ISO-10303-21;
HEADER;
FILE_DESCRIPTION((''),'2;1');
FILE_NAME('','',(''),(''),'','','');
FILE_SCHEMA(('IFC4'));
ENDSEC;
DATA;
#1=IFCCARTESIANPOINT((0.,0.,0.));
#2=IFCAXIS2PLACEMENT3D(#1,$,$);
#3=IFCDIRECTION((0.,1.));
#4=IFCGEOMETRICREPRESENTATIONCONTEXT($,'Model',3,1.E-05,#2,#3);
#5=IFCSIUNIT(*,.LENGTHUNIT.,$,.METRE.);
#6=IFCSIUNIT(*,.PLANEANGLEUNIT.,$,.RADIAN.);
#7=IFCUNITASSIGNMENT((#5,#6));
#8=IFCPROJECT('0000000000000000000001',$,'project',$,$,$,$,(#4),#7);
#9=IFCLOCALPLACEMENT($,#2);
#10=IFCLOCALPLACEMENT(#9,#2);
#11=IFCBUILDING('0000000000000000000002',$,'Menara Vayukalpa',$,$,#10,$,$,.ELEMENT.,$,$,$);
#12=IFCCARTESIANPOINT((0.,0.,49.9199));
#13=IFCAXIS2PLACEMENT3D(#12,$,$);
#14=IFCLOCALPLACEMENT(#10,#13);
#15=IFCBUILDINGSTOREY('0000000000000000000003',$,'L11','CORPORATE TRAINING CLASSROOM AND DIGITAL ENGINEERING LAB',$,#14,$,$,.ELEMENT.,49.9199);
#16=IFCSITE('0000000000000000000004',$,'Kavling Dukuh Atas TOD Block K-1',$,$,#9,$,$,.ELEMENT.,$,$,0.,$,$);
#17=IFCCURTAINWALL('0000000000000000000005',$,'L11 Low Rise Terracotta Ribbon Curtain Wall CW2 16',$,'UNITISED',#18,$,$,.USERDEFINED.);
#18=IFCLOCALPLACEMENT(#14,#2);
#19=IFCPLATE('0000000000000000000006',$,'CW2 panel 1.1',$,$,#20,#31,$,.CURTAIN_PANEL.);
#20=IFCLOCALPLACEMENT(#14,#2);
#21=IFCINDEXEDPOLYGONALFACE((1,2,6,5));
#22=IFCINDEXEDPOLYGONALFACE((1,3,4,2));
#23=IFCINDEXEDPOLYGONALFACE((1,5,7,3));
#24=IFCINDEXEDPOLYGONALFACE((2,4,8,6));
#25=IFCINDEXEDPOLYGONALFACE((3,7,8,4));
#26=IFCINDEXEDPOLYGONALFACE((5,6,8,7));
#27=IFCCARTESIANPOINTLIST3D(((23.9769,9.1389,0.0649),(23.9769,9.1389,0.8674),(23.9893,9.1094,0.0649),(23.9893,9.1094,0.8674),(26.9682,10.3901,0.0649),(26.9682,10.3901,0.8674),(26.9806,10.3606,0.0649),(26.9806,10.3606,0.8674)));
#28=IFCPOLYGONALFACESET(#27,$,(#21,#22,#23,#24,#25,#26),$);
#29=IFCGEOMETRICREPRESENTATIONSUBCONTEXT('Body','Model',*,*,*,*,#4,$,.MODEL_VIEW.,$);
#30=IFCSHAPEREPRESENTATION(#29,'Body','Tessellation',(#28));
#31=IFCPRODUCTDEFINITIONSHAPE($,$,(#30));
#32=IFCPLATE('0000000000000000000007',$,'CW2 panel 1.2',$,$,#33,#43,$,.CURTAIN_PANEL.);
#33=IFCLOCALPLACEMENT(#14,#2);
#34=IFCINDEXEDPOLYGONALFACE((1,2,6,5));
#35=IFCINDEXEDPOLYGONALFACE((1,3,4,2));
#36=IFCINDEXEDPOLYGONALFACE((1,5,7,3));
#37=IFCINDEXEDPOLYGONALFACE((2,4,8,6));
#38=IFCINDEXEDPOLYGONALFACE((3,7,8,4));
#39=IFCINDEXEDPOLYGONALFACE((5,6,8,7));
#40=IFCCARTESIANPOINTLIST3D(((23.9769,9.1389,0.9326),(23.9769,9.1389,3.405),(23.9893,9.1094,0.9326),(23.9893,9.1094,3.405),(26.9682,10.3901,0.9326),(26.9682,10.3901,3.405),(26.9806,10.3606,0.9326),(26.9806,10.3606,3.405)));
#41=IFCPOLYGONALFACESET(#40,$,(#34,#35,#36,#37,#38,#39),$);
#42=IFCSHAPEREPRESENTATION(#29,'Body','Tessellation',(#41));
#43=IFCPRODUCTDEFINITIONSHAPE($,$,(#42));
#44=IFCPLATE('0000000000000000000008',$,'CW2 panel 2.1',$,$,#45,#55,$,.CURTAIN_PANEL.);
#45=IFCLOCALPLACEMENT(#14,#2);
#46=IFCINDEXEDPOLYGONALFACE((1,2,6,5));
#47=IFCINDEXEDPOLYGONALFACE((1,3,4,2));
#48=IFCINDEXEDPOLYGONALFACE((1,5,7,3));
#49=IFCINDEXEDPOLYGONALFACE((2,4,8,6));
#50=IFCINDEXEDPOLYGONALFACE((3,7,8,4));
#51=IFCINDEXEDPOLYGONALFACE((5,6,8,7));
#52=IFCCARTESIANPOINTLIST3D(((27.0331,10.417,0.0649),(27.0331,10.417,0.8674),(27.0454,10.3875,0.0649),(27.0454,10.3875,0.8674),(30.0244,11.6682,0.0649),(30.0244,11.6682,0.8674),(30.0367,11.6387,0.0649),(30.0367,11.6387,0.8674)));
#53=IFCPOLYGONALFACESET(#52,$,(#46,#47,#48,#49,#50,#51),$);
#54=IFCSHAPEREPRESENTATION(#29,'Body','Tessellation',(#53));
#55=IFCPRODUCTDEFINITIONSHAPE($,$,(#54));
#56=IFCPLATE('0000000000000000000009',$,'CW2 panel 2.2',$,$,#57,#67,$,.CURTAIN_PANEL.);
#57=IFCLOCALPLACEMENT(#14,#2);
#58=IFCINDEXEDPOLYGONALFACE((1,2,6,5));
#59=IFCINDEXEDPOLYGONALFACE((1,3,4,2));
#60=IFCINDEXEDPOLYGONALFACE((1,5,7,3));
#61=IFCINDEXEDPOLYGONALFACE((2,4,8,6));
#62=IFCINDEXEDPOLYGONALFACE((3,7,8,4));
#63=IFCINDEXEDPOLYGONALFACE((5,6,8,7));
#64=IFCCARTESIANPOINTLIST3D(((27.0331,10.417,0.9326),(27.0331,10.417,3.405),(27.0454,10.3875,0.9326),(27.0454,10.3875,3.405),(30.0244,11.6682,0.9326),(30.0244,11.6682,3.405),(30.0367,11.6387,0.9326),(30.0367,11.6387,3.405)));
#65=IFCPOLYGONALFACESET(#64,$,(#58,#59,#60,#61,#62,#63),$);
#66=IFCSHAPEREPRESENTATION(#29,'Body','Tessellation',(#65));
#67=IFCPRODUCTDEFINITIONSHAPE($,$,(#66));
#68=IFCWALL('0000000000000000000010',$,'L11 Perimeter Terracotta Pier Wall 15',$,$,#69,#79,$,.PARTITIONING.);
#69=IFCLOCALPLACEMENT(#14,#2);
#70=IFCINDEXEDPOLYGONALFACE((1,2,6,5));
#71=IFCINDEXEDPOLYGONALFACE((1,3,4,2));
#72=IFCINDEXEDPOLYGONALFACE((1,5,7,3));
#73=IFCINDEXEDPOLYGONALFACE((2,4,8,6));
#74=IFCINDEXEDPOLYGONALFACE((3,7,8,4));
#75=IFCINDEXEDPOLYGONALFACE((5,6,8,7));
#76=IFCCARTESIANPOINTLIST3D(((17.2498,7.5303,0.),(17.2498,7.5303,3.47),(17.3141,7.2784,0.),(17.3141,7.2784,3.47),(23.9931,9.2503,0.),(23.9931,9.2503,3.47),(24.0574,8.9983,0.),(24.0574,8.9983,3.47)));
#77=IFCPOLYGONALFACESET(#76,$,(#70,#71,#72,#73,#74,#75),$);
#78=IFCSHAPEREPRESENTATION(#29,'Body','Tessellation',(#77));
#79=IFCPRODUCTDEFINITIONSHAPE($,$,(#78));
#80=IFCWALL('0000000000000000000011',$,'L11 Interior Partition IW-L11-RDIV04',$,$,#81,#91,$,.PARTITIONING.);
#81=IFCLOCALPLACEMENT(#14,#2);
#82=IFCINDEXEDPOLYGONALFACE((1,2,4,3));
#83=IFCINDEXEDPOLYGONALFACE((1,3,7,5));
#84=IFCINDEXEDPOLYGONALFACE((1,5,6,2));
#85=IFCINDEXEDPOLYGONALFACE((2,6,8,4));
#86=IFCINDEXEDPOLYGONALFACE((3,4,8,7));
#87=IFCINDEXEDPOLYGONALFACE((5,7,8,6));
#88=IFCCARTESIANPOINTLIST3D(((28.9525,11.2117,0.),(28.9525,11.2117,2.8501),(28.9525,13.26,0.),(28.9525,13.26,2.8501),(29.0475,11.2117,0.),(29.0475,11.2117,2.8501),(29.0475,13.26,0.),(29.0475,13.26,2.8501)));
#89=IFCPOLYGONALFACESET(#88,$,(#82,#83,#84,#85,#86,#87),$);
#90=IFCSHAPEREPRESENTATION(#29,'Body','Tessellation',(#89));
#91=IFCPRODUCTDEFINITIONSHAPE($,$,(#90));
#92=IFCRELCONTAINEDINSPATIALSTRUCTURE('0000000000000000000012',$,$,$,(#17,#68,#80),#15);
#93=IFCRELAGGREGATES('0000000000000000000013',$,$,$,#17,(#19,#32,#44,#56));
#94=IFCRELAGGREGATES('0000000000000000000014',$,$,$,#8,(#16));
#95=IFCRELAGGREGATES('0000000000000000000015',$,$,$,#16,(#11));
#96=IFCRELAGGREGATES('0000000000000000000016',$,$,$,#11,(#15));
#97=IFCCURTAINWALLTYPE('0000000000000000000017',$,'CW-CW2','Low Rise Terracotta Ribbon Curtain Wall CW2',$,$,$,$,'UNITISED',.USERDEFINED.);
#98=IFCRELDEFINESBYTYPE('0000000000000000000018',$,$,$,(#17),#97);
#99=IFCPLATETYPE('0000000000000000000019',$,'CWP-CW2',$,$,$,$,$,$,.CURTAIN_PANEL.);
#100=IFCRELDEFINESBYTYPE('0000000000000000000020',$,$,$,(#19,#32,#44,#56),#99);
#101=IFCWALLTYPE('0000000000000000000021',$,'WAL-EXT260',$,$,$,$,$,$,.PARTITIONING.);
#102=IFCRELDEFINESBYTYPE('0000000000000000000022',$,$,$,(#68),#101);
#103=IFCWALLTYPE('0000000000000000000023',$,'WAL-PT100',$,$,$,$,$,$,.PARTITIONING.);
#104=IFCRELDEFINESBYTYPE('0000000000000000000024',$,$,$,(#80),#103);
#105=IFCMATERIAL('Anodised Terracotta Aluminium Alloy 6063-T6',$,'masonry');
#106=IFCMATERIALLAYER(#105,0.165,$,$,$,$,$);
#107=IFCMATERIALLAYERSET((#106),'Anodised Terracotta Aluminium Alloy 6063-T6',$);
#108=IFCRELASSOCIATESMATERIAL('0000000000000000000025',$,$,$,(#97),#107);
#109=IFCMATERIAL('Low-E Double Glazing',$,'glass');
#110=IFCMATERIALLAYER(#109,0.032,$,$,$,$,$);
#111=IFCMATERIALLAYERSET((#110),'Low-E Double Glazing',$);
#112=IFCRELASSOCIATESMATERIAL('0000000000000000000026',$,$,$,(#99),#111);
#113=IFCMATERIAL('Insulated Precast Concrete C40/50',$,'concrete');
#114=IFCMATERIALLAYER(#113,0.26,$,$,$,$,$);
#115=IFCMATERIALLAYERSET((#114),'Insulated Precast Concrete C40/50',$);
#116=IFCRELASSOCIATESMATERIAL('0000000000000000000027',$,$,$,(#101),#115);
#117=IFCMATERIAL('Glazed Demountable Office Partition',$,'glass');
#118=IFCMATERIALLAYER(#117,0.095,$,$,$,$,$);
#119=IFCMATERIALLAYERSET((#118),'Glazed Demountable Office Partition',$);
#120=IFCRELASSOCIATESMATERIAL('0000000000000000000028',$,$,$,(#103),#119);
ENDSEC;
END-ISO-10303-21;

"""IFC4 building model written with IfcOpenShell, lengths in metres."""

from ifc_helpers import new_model, si_unit, direction, frame, frame_2d, origin, origin_2d, place, context, subcontext, project, spatial, rectangle, extrude, material, layer, layer_set, type_object, element, aggregate, save


model = new_model("IFC4")

# Units and contexts
model_context = context("Model", 3, precision=1e-05, world=origin(), true_north=direction((0.0, 1.0)))
body_context = subcontext(model_context, "Body", "Model", "MODEL_VIEW")
ifc_project = project(units=[si_unit("LENGTHUNIT", "METRE"), si_unit("PLANEANGLEUNIT", "RADIAN")], contexts=[model_context])

# Site, building, storey
site_placement = place(None, origin())
site = spatial("IfcSite", under=ifc_project, at=site_placement, Name="Kavling Dukuh Atas TOD Block K-1", CompositionType="ELEMENT", RefElevation=0.0)
building_placement = place(site_placement, origin())
building = spatial("IfcBuilding", under=site, at=building_placement, Name="Menara Vayukalpa", CompositionType="ELEMENT")
storey_placement = place(building_placement, frame((0.0, 0.0, 49.9199)))
storey = spatial("IfcBuildingStorey", under=building, at=storey_placement, Name="L11", Description="CORPORATE TRAINING CLASSROOM AND DIGITAL ENGINEERING LAB", CompositionType="ELEMENT", Elevation=49.9199)

# Curtain wall
ifc_material_1 = material(Name="Anodised Terracotta Aluminium Alloy 6063-T6", Category="masonry")
ifc_layer_1 = layer(ifc_material_1, 0.165)
ifc_layer_set_1 = layer_set([ifc_layer_1], Name="Anodised Terracotta Aluminium Alloy 6063-T6")
curtain_wall_type = type_object("IfcCurtainWallType", Name="CW-CW2", Description="Low Rise Terracotta Ribbon Curtain Wall CW2", ElementType="UNITISED", PredefinedType="USERDEFINED", material=ifc_layer_set_1)
curtain_wall_1_placement = place(storey_placement, origin())
curtain_wall_1 = element("IfcCurtainWall", 1, at=curtain_wall_1_placement, inside=storey, type_object=curtain_wall_type, Name="L11 Low Rise Terracotta Ribbon Curtain Wall CW2 16", ObjectType="UNITISED", PredefinedType="USERDEFINED")

# Plates
ifc_material_2 = material(Name="Low-E Double Glazing", Category="glass")
ifc_layer_2 = layer(ifc_material_2, 0.032)
ifc_layer_set_2 = layer_set([ifc_layer_2], Name="Low-E Double Glazing")
plate_type = type_object("IfcPlateType", Name="CWP-CW2", PredefinedType="CURTAIN_PANEL", material=ifc_layer_set_2)
plate_1_placement = place(storey_placement, frame((25.4788, 9.7498, 0.0649), z_axis=(0.0, 0.0, 1.0), x_axis=(0.922543, 0.385895, 0.0)))
plate_1 = element("IfcPlate", 2, at=plate_1_placement, type_object=plate_type, Name="CW2 panel 1.1", PredefinedType="CURTAIN_PANEL", context=body_context, shape_type="SweptSolid", body=[
    extrude(rectangle(XDim=3.2424, YDim=0.032, at=origin_2d()), origin(), (0.0, 0.0, 1.0), 0.8025),
])
plate_2_placement = place(storey_placement, frame((25.4788, 9.7498, 0.9326), z_axis=(0.0, 0.0, 1.0), x_axis=(0.922543, 0.385895, 0.0)))
plate_2 = element("IfcPlate", 3, at=plate_2_placement, type_object=plate_type, Name="CW2 panel 1.2", PredefinedType="CURTAIN_PANEL", context=body_context, shape_type="SweptSolid", body=[
    extrude(rectangle(XDim=3.2424, YDim=0.032, at=origin_2d()), origin(), (0.0, 0.0, 1.0), 2.4724),
])
plate_3_placement = place(storey_placement, frame((28.5349, 11.0278, 0.0649), z_axis=(0.0, 0.0, 1.0), x_axis=(0.922543, 0.385895, 0.0)))
plate_3 = element("IfcPlate", 4, at=plate_3_placement, type_object=plate_type, Name="CW2 panel 2.1", PredefinedType="CURTAIN_PANEL", context=body_context, shape_type="SweptSolid", body=[
    extrude(rectangle(XDim=3.2424, YDim=0.032, at=origin_2d()), origin(), (0.0, 0.0, 1.0), 0.8025),
])
plate_4_placement = place(storey_placement, frame((28.5349, 11.0278, 0.9326), z_axis=(0.0, 0.0, 1.0), x_axis=(0.922543, 0.385895, 0.0)))
plate_4 = element("IfcPlate", 5, at=plate_4_placement, type_object=plate_type, Name="CW2 panel 2.2", PredefinedType="CURTAIN_PANEL", context=body_context, shape_type="SweptSolid", body=[
    extrude(rectangle(XDim=3.2424, YDim=0.032, at=origin_2d()), origin(), (0.0, 0.0, 1.0), 2.4724),
])
aggregate(curtain_wall_1, [plate_1, plate_2, plate_3, plate_4])

# Walls
ifc_material_3 = material(Name="Insulated Precast Concrete C40/50", Category="concrete")
ifc_layer_3 = layer(ifc_material_3, 0.26)
ifc_layer_set_3 = layer_set([ifc_layer_3], Name="Insulated Precast Concrete C40/50")
wall_type_1 = type_object("IfcWallType", Name="WAL-EXT260", PredefinedType="PARTITIONING", material=ifc_layer_set_3)
wall_1_placement = place(storey_placement, frame((24.0251, 9.1243, 0.0), z_axis=(0.0, 0.0, 1.0), x_axis=(-0.968978, -0.247147, 0.0)))
element("IfcWall", 6, at=wall_1_placement, inside=storey, type_object=wall_type_1, Name="L11 Perimeter Terracotta Pier Wall 15", PredefinedType="PARTITIONING", context=body_context, shape_type="SweptSolid", body=[
    extrude(rectangle(XDim=6.9592, YDim=0.26, at=frame_2d((3.4795, 0.0))), origin(), (0.0, 0.0, 1.0), 3.47),
])
ifc_material_4 = material(Name="Glazed Demountable Office Partition", Category="glass")
ifc_layer_4 = layer(ifc_material_4, 0.095)
ifc_layer_set_4 = layer_set([ifc_layer_4], Name="Glazed Demountable Office Partition")
wall_type_2 = type_object("IfcWallType", Name="WAL-PT100", PredefinedType="PARTITIONING", material=ifc_layer_set_4)
wall_2_placement = place(storey_placement, frame((29.0, 11.2117, 0.0), z_axis=(0.0, 0.0, 1.0), x_axis=(0.0, 1.0, 0.0)))
element("IfcWall", 7, at=wall_2_placement, inside=storey, type_object=wall_type_2, Name="L11 Interior Partition IW-L11-RDIV04", PredefinedType="PARTITIONING", context=body_context, shape_type="SweptSolid", body=[
    extrude(rectangle(XDim=2.0483, YDim=0.095, at=frame_2d((1.0242, 0.0))), origin(), (0.0, 0.0, 1.0), 2.8501),
])

save(model, "model.ifc")
